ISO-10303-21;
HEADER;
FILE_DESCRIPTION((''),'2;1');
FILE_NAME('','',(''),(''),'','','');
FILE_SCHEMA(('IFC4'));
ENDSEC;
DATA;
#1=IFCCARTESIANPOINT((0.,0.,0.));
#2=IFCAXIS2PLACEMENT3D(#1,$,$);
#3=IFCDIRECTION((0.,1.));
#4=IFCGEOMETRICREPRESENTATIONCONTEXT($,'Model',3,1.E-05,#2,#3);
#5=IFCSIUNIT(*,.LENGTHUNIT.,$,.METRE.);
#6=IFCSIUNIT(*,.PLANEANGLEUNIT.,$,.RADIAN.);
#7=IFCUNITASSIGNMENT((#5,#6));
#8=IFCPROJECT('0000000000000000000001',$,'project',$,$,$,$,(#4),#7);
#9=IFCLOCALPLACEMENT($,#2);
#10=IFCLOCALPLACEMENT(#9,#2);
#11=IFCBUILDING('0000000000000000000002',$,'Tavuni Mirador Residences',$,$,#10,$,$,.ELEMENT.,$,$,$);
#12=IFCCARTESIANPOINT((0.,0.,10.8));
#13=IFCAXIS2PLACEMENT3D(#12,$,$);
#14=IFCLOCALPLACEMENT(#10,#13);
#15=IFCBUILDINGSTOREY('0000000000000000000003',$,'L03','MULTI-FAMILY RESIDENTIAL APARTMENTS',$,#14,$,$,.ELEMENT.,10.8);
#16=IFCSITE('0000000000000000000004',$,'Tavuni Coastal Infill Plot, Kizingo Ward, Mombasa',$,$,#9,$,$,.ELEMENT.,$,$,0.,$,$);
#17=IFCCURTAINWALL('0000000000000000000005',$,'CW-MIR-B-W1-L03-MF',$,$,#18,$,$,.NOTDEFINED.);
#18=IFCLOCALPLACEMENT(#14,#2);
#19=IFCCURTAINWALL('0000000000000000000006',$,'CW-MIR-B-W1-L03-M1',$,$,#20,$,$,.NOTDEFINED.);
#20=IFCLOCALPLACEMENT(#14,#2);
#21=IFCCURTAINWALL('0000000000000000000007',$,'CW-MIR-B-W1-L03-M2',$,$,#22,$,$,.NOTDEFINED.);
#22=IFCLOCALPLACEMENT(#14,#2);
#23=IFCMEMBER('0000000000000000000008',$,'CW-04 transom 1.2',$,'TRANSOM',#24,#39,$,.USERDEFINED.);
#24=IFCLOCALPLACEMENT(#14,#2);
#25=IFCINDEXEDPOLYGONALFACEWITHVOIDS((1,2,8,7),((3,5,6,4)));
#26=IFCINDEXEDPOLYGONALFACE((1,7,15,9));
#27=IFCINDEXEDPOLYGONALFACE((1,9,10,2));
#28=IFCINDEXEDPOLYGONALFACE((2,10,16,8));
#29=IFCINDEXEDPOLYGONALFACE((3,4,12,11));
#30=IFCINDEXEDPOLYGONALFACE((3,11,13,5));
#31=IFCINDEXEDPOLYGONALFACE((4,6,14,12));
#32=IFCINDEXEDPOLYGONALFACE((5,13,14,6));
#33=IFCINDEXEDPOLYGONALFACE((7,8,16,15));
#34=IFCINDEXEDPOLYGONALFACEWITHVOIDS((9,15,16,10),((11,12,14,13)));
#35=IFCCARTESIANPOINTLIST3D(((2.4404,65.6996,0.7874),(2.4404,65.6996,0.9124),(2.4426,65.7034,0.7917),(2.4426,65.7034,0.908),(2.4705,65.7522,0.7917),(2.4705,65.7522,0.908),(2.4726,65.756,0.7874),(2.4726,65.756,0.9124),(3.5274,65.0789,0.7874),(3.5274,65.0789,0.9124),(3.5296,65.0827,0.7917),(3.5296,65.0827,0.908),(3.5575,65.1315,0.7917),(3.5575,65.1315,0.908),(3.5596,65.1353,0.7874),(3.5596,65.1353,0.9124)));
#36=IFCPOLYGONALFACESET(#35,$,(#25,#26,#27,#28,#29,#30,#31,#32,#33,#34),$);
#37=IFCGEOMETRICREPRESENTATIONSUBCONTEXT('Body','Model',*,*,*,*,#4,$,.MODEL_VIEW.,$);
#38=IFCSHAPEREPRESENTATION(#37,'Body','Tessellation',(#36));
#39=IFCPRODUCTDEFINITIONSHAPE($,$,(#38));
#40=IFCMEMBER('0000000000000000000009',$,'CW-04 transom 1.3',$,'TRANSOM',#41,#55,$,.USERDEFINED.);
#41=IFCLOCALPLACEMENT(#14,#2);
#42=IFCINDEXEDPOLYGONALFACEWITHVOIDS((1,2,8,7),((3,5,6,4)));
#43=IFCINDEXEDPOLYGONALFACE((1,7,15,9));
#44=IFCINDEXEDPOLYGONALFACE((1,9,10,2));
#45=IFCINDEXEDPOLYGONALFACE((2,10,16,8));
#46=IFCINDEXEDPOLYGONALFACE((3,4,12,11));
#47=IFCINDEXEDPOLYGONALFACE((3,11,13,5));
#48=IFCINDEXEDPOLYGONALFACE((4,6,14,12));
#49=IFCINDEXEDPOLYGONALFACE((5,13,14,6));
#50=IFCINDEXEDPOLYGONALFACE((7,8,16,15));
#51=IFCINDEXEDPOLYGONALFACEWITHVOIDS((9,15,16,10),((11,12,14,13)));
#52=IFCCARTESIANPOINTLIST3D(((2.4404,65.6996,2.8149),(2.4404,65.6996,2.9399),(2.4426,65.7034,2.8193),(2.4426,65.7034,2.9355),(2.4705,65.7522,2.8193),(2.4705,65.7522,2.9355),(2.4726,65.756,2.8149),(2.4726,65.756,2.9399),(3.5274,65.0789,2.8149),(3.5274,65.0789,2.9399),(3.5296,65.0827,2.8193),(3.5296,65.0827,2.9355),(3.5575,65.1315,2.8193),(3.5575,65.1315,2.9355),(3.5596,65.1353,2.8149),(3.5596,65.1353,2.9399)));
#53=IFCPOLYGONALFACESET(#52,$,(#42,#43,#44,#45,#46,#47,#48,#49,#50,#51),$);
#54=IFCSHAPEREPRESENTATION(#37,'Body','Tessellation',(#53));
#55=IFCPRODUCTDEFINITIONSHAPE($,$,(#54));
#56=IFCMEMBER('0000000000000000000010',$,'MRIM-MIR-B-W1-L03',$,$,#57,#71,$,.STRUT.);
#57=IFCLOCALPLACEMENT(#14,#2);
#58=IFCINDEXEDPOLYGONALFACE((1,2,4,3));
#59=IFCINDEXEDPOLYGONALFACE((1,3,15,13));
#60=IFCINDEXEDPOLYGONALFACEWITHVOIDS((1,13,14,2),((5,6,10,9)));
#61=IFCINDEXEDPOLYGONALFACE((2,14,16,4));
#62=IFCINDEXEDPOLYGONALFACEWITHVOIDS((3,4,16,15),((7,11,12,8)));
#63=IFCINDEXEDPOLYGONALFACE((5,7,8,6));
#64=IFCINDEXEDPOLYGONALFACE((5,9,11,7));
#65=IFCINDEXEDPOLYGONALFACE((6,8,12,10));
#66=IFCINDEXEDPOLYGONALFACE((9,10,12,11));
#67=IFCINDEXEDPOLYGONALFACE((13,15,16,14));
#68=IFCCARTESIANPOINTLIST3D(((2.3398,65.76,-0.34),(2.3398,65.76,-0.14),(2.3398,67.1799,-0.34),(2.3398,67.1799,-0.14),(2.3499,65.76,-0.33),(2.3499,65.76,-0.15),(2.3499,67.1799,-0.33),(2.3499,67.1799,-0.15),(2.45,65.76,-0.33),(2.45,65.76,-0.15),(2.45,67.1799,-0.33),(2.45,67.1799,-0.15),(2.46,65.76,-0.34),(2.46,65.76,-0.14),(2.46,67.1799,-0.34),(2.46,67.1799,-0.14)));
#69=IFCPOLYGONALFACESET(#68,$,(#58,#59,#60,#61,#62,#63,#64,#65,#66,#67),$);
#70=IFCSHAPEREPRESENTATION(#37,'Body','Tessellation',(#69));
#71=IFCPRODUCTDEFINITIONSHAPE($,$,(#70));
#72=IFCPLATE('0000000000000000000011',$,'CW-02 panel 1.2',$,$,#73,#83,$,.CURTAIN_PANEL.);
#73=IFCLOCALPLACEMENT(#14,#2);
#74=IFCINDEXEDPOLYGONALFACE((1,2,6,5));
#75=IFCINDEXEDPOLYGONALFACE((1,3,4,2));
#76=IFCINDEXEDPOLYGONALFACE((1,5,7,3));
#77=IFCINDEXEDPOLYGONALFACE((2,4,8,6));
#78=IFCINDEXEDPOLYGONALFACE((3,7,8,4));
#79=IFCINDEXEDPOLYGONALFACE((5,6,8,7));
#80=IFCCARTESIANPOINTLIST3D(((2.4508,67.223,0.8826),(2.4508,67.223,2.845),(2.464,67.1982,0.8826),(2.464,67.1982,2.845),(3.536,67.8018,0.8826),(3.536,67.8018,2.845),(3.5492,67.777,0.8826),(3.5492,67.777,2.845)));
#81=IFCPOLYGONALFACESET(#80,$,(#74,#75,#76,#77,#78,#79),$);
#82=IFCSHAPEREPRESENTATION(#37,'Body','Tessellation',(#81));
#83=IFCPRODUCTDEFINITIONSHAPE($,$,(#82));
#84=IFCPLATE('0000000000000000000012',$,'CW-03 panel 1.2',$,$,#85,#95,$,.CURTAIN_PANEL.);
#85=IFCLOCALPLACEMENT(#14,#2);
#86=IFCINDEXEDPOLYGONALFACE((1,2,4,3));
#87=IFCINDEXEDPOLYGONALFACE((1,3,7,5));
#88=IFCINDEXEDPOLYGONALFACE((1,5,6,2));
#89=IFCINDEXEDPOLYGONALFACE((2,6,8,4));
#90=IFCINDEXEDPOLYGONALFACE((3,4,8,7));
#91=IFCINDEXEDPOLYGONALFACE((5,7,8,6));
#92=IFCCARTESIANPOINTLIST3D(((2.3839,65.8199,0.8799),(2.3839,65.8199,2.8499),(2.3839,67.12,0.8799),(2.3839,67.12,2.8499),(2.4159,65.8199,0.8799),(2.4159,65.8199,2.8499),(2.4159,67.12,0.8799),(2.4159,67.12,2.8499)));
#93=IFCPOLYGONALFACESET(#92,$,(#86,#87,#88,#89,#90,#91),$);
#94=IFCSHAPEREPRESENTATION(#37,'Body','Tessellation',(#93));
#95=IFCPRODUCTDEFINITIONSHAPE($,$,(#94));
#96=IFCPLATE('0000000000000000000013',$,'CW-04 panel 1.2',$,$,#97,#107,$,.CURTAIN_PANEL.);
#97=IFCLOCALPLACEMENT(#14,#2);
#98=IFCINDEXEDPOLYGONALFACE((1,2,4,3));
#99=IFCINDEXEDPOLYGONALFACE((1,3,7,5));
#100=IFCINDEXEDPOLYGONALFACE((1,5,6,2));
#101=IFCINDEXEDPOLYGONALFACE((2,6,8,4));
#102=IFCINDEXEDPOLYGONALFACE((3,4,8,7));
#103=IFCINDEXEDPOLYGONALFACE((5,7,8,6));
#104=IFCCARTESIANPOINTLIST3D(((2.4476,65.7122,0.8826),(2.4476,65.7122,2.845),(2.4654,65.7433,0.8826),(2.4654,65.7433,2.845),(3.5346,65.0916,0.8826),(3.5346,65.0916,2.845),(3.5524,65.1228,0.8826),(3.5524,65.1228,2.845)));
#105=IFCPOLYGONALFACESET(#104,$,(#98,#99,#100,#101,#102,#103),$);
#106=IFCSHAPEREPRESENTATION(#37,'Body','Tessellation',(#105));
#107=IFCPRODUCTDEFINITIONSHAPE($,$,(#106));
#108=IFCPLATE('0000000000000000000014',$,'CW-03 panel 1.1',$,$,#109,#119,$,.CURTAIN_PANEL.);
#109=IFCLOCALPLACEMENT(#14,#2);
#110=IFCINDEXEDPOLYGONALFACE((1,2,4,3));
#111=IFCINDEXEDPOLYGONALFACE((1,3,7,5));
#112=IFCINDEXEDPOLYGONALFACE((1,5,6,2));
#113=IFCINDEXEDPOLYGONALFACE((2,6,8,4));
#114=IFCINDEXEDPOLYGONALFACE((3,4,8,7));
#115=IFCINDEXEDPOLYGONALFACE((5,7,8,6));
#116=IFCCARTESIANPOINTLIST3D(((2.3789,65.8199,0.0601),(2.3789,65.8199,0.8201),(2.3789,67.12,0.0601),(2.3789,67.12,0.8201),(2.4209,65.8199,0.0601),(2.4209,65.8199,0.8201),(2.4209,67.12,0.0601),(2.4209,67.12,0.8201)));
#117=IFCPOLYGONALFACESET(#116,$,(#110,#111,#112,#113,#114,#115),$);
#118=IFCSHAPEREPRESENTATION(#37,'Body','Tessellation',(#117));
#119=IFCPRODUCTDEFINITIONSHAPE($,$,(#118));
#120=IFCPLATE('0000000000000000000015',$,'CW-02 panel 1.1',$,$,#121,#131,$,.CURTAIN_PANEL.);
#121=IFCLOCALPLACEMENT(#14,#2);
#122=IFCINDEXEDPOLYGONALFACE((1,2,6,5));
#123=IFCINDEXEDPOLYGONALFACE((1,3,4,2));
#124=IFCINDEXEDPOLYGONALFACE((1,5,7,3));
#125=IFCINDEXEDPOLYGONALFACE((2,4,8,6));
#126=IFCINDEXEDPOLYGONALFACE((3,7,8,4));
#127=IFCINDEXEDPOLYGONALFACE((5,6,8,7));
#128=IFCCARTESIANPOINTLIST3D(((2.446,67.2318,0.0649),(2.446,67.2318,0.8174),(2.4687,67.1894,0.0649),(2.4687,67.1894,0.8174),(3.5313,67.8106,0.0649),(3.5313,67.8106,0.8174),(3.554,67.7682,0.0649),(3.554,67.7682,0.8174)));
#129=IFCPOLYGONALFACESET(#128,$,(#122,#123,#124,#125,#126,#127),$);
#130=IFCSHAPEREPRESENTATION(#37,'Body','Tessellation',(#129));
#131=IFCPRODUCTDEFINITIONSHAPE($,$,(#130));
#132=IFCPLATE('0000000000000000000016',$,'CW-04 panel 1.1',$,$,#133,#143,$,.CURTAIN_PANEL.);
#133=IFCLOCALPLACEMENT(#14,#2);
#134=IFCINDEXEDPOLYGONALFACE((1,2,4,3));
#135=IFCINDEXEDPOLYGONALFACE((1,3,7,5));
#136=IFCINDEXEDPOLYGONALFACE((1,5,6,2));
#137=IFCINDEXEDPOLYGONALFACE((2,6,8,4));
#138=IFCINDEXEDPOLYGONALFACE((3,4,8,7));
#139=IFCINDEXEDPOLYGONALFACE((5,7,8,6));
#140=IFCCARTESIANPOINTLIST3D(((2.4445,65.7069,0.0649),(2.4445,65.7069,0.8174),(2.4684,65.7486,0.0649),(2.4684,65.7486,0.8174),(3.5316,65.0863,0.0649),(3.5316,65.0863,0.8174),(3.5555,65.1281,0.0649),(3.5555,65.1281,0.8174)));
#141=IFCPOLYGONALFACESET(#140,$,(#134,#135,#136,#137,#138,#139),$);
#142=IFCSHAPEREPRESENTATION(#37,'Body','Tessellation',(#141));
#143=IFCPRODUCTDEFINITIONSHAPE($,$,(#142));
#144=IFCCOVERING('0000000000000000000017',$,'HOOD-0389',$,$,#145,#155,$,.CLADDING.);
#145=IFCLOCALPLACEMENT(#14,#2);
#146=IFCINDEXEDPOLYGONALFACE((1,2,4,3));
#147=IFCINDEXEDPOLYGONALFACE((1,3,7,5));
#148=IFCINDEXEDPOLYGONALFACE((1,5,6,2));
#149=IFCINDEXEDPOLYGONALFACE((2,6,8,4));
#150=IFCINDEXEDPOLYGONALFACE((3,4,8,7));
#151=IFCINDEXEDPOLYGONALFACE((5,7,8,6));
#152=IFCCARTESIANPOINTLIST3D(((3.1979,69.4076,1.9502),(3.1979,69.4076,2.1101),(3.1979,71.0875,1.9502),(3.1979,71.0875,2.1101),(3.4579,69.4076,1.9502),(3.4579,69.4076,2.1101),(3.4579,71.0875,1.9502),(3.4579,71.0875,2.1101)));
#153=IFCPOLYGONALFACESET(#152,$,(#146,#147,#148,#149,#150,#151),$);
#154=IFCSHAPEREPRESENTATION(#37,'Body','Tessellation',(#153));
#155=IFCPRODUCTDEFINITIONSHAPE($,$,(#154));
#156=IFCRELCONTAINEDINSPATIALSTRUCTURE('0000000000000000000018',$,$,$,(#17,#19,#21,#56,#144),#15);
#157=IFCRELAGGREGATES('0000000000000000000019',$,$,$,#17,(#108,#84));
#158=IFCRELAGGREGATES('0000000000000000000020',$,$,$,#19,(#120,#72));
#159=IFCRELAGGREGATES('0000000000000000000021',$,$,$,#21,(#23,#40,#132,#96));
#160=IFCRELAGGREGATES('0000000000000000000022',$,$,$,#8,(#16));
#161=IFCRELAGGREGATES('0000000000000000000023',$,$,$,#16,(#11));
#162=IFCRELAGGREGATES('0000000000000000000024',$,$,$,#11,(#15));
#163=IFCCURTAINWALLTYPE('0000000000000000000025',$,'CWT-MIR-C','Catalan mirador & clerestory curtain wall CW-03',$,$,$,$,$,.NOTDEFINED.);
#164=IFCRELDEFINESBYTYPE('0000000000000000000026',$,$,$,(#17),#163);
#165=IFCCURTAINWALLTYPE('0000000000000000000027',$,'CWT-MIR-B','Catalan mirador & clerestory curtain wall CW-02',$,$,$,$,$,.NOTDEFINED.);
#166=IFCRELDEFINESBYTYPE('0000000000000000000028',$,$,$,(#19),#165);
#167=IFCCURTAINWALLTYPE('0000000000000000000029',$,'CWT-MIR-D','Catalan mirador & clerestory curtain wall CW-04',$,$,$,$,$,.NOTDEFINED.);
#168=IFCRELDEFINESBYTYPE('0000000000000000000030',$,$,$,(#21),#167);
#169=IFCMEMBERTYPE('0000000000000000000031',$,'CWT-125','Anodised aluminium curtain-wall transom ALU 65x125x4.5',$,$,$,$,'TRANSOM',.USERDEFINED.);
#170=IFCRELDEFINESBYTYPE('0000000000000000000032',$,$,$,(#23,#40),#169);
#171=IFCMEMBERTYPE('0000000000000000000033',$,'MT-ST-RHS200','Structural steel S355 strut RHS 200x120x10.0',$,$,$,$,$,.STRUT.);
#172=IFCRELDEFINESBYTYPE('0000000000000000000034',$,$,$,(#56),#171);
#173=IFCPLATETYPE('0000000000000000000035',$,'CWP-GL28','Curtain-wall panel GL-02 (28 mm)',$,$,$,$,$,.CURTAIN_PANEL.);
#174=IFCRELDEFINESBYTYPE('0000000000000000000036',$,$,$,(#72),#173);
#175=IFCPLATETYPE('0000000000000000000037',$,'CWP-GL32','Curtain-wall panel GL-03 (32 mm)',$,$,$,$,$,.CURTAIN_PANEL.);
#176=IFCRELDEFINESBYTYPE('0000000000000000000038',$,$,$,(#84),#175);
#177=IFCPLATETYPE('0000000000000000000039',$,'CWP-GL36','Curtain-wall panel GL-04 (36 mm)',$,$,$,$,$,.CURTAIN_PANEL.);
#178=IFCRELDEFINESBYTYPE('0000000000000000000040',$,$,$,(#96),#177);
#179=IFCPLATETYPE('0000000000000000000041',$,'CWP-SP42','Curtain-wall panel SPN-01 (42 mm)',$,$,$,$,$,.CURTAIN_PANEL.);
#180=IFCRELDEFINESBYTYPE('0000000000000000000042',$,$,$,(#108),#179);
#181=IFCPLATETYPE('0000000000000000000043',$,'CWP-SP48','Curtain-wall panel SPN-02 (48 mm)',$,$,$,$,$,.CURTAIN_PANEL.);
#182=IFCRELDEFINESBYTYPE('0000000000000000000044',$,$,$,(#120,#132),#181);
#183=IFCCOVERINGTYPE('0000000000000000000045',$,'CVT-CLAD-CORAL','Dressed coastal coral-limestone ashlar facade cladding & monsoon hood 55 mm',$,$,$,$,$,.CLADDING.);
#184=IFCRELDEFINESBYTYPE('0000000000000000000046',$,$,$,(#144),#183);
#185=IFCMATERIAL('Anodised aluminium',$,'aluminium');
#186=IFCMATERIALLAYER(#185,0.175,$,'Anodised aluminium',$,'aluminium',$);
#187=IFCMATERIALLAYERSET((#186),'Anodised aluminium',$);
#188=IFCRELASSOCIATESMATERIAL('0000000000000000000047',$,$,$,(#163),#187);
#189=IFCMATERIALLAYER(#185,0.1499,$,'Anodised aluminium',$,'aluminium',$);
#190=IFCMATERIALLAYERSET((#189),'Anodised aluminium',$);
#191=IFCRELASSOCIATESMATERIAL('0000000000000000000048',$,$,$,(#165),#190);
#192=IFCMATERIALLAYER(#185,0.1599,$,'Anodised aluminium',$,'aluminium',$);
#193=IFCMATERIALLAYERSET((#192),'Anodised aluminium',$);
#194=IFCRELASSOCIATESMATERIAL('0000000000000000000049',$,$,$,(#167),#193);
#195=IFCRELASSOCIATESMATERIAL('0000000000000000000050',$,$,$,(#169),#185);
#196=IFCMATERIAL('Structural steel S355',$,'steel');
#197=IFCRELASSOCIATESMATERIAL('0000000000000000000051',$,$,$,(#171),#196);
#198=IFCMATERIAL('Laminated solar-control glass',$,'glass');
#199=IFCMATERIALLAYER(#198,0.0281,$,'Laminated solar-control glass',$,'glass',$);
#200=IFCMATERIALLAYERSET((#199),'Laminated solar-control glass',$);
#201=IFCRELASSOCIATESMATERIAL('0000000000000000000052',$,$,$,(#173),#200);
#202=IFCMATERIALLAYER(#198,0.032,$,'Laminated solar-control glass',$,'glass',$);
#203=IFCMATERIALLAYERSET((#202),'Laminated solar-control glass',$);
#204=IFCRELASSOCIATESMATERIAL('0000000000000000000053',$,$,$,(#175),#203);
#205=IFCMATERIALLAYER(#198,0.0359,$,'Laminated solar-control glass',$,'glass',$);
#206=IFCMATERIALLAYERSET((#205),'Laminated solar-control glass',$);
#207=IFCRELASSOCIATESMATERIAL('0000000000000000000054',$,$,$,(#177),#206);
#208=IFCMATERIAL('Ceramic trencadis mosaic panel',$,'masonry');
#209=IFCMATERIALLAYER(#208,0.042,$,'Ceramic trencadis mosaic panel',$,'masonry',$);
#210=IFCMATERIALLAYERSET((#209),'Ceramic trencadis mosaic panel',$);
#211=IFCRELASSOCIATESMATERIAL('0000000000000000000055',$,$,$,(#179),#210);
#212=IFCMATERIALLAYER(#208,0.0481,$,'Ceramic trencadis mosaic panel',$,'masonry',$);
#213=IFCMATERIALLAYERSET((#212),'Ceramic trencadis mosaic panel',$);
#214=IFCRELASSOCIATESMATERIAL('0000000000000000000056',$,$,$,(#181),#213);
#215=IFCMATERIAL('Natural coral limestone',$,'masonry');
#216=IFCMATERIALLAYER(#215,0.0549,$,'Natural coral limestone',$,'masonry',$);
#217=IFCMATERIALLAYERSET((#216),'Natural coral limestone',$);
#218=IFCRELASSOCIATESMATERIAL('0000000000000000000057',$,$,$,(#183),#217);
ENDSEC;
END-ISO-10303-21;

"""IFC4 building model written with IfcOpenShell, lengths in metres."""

from ifc_helpers import new_model, si_unit, direction, frame, origin, origin_2d, place, context, subcontext, project, spatial, rectangle, hollow_rectangle, extrude, material, layer, layer_set, material_profile, profile_set, type_object, element, aggregate, save


model = new_model("IFC4")

# Units and contexts
model_context = context("Model", 3, precision=1e-05, world=origin(), true_north=direction((0.0, 1.0)))
body_context = subcontext(model_context, "Body", "Model", "MODEL_VIEW")
ifc_project = project(units=[si_unit("LENGTHUNIT", "METRE"), si_unit("PLANEANGLEUNIT", "RADIAN")], contexts=[model_context])

# Site, building, storey
site_placement = place(None, origin())
site = spatial("IfcSite", under=ifc_project, at=site_placement, Name="Tavuni Coastal Infill Plot, Kizingo Ward, Mombasa", CompositionType="ELEMENT", RefElevation=0.0)
building_placement = place(site_placement, origin())
building = spatial("IfcBuilding", under=site, at=building_placement, Name="Tavuni Mirador Residences", CompositionType="ELEMENT")
storey_placement = place(building_placement, frame((0.0, 0.0, 10.8)))
storey = spatial("IfcBuildingStorey", under=building, at=storey_placement, Name="L03", Description="MULTI-FAMILY RESIDENTIAL APARTMENTS", CompositionType="ELEMENT", Elevation=10.8)

# Curtain wall
ifc_material_1 = material(Name="Anodised aluminium", Category="aluminium")
ifc_layer_1 = layer(ifc_material_1, 0.175, Name="Anodised aluminium", Category="aluminium")
ifc_layer_set_1 = layer_set([ifc_layer_1], Name="Anodised aluminium")
curtain_wall_type_1 = type_object("IfcCurtainWallType", Name="CWT-MIR-C", Description="Catalan mirador & clerestory curtain wall CW-03", PredefinedType="NOTDEFINED", material=ifc_layer_set_1)
curtain_wall_1_placement = place(storey_placement, origin())
curtain_wall_1 = element("IfcCurtainWall", 1, at=curtain_wall_1_placement, inside=storey, type_object=curtain_wall_type_1, Name="CW-MIR-B-W1-L03-MF", PredefinedType="NOTDEFINED")

# Curtain walls
ifc_layer_2 = layer(ifc_material_1, 0.1499, Name="Anodised aluminium", Category="aluminium")
ifc_layer_set_2 = layer_set([ifc_layer_2], Name="Anodised aluminium")
curtain_wall_type_2 = type_object("IfcCurtainWallType", Name="CWT-MIR-B", Description="Catalan mirador & clerestory curtain wall CW-02", PredefinedType="NOTDEFINED", material=ifc_layer_set_2)
curtain_wall_2_placement = place(storey_placement, origin())
curtain_wall_2 = element("IfcCurtainWall", 2, at=curtain_wall_2_placement, inside=storey, type_object=curtain_wall_type_2, Name="CW-MIR-B-W1-L03-M1", PredefinedType="NOTDEFINED")
ifc_layer_3 = layer(ifc_material_1, 0.1599, Name="Anodised aluminium", Category="aluminium")
ifc_layer_set_3 = layer_set([ifc_layer_3], Name="Anodised aluminium")
curtain_wall_type_3 = type_object("IfcCurtainWallType", Name="CWT-MIR-D", Description="Catalan mirador & clerestory curtain wall CW-04", PredefinedType="NOTDEFINED", material=ifc_layer_set_3)
curtain_wall_3_placement = place(storey_placement, origin())
curtain_wall_3 = element("IfcCurtainWall", 3, at=curtain_wall_3_placement, inside=storey, type_object=curtain_wall_type_3, Name="CW-MIR-B-W1-L03-M2", PredefinedType="NOTDEFINED")

# Members
ifc_material_profile_1 = material_profile(ifc_material_1, hollow_rectangle(XDim=0.0649, YDim=0.125, WallThickness=0.0044, at=origin_2d()), Name="ALU 65x125x4.5", Category="aluminium")
ifc_profile_set_1 = profile_set([ifc_material_profile_1], Name="Anodised aluminium")
member_type_1 = type_object("IfcMemberType", Name="CWT-125", Description="Anodised aluminium curtain-wall transom ALU 65x125x4.5", ElementType="TRANSOM", PredefinedType="USERDEFINED", material=ifc_profile_set_1)
member_1_placement = place(storey_placement, frame((2.4565, 65.7278, 0.8499), z_axis=(0.868411, -0.495845, 0.0), x_axis=(0.495845, 0.868411, 0.0)))
member_1 = element("IfcMember", 4, at=member_1_placement, type_object=member_type_1, Name="CW-04 transom 1.2", ObjectType="TRANSOM", PredefinedType="USERDEFINED", context=body_context, shape_type="SweptSolid", body=[
    extrude(hollow_rectangle(XDim=0.0649, YDim=0.125, WallThickness=0.0044, at=origin_2d()), origin(), (0.0, 0.0, 1.0), 1.2517),
])
member_2_placement = place(storey_placement, frame((2.4565, 65.7278, 2.8774), z_axis=(0.868411, -0.495845, 0.0), x_axis=(0.495845, 0.868411, 0.0)))
member_2 = element("IfcMember", 5, at=member_2_placement, type_object=member_type_1, Name="CW-04 transom 1.3", ObjectType="TRANSOM", PredefinedType="USERDEFINED", context=body_context, shape_type="SweptSolid", body=[
    extrude(hollow_rectangle(XDim=0.0649, YDim=0.125, WallThickness=0.0044, at=origin_2d()), origin(), (0.0, 0.0, 1.0), 1.2517),
])
ifc_material_2 = material(Name="Structural steel S355", Category="steel")
ifc_material_profile_2 = material_profile(ifc_material_2, hollow_rectangle(XDim=0.1201, YDim=0.2, WallThickness=0.01, at=origin_2d()), Name="RHS 200x120x10.0", Category="steel")
ifc_profile_set_2 = profile_set([ifc_material_profile_2], Name="Structural steel S355")
member_type_2 = type_object("IfcMemberType", Name="MT-ST-RHS200", Description="Structural steel S355 strut RHS 200x120x10.0", PredefinedType="STRUT", material=ifc_profile_set_2)
member_3_placement = place(storey_placement, frame((2.3999, 65.76, -0.24), z_axis=(0.0, 1.0, 0.0), x_axis=(-1.0, 0.0, 0.0)))
element("IfcMember", 6, at=member_3_placement, inside=storey, type_object=member_type_2, Name="MRIM-MIR-B-W1-L03", PredefinedType="STRUT", context=body_context, shape_type="SweptSolid", body=[
    extrude(hollow_rectangle(XDim=0.1201, YDim=0.2, WallThickness=0.01, at=origin_2d()), origin(), (0.0, 0.0, 1.0), 1.4199),
])

# Plates
ifc_material_3 = material(Name="Laminated solar-control glass", Category="glass")
ifc_layer_4 = layer(ifc_material_3, 0.0281, Name="Laminated solar-control glass", Category="glass")
ifc_layer_set_4 = layer_set([ifc_layer_4], Name="Laminated solar-control glass")
plate_type_1 = type_object("IfcPlateType", Name="CWP-GL28", Description="Curtain-wall panel GL-02 (28 mm)", PredefinedType="CURTAIN_PANEL", material=ifc_layer_set_4)
plate_1_placement = place(storey_placement, frame((3.0, 67.5, 0.8826), z_axis=(0.0, 0.0, 1.0), x_axis=(-0.882353, -0.470588, 0.0)))
plate_1 = element("IfcPlate", 7, at=plate_1_placement, type_object=plate_type_1, Name="CW-02 panel 1.2", PredefinedType="CURTAIN_PANEL", context=body_context, shape_type="SweptSolid", body=[
    extrude(rectangle(XDim=1.23, YDim=0.0281, at=origin_2d()), origin(), (0.0, 0.0, 1.0), 1.9624),
])
ifc_layer_5 = layer(ifc_material_3, 0.032, Name="Laminated solar-control glass", Category="glass")
ifc_layer_set_5 = layer_set([ifc_layer_5], Name="Laminated solar-control glass")
plate_type_2 = type_object("IfcPlateType", Name="CWP-GL32", Description="Curtain-wall panel GL-03 (32 mm)", PredefinedType="CURTAIN_PANEL", material=ifc_layer_set_5)
plate_2_placement = place(storey_placement, frame((2.3999, 66.47, 0.8799), z_axis=(0.0, 0.0, 1.0), x_axis=(0.0, -1.0, 0.0)))
plate_2 = element("IfcPlate", 8, at=plate_2_placement, type_object=plate_type_2, Name="CW-03 panel 1.2", PredefinedType="CURTAIN_PANEL", context=body_context, shape_type="SweptSolid", body=[
    extrude(rectangle(XDim=1.3, YDim=0.032, at=origin_2d()), origin(), (0.0, 0.0, 1.0), 1.97),
])
ifc_layer_6 = layer(ifc_material_3, 0.0359, Name="Laminated solar-control glass", Category="glass")
ifc_layer_set_6 = layer_set([ifc_layer_6], Name="Laminated solar-control glass")
plate_type_3 = type_object("IfcPlateType", Name="CWP-GL36", Description="Curtain-wall panel GL-04 (36 mm)", PredefinedType="CURTAIN_PANEL", material=ifc_layer_set_6)
plate_3_placement = place(storey_placement, frame((3.0, 65.4175, 0.8826), z_axis=(0.0, 0.0, 1.0), x_axis=(0.868466, -0.495749, 0.0)))
plate_3 = element("IfcPlate", 9, at=plate_3_placement, type_object=plate_type_3, Name="CW-04 panel 1.2", PredefinedType="CURTAIN_PANEL", context=body_context, shape_type="SweptSolid", body=[
    extrude(rectangle(XDim=1.2517, YDim=0.0359, at=origin_2d()), origin(), (0.0, 0.0, 1.0), 1.9624),
])
ifc_material_4 = material(Name="Ceramic trencadis mosaic panel", Category="masonry")
ifc_layer_7 = layer(ifc_material_4, 0.042, Name="Ceramic trencadis mosaic panel", Category="masonry")
ifc_layer_set_7 = layer_set([ifc_layer_7], Name="Ceramic trencadis mosaic panel")
plate_type_4 = type_object("IfcPlateType", Name="CWP-SP42", Description="Curtain-wall panel SPN-01 (42 mm)", PredefinedType="CURTAIN_PANEL", material=ifc_layer_set_7)
plate_4_placement = place(storey_placement, frame((2.3999, 66.47, 0.0601), z_axis=(0.0, 0.0, 1.0), x_axis=(0.0, -1.0, 0.0)))
plate_4 = element("IfcPlate", 10, at=plate_4_placement, type_object=plate_type_4, Name="CW-03 panel 1.1", PredefinedType="CURTAIN_PANEL", context=body_context, shape_type="SweptSolid", body=[
    extrude(rectangle(XDim=1.3, YDim=0.042, at=origin_2d()), origin(), (0.0, 0.0, 1.0), 0.76),
])
aggregate(curtain_wall_1, [plate_4, plate_2])
ifc_layer_8 = layer(ifc_material_4, 0.0481, Name="Ceramic trencadis mosaic panel", Category="masonry")
ifc_layer_set_8 = layer_set([ifc_layer_8], Name="Ceramic trencadis mosaic panel")
plate_type_5 = type_object("IfcPlateType", Name="CWP-SP48", Description="Curtain-wall panel SPN-02 (48 mm)", PredefinedType="CURTAIN_PANEL", material=ifc_layer_set_8)
plate_5_placement = place(storey_placement, frame((3.0, 67.5, 0.0649), z_axis=(0.0, 0.0, 1.0), x_axis=(-0.882353, -0.470588, 0.0)))
plate_5 = element("IfcPlate", 11, at=plate_5_placement, type_object=plate_type_5, Name="CW-02 panel 1.1", PredefinedType="CURTAIN_PANEL", context=body_context, shape_type="SweptSolid", body=[
    extrude(rectangle(XDim=1.23, YDim=0.0481, at=origin_2d()), origin(), (0.0, 0.0, 1.0), 0.7524),
])
aggregate(curtain_wall_2, [plate_5, plate_1])
plate_6_placement = place(storey_placement, frame((3.0, 65.4175, 0.0649), z_axis=(0.0, 0.0, 1.0), x_axis=(0.868466, -0.495749, 0.0)))
plate_6 = element("IfcPlate", 12, at=plate_6_placement, type_object=plate_type_5, Name="CW-04 panel 1.1", PredefinedType="CURTAIN_PANEL", context=body_context, shape_type="SweptSolid", body=[
    extrude(rectangle(XDim=1.2517, YDim=0.0481, at=origin_2d()), origin(), (0.0, 0.0, 1.0), 0.7524),
])
aggregate(curtain_wall_3, [member_1, member_2, plate_6, plate_3])

# Covering
ifc_material_5 = material(Name="Natural coral limestone", Category="masonry")
ifc_layer_9 = layer(ifc_material_5, 0.0549, Name="Natural coral limestone", Category="masonry")
ifc_layer_set_9 = layer_set([ifc_layer_9], Name="Natural coral limestone")
covering_type = type_object("IfcCoveringType", Name="CVT-CLAD-CORAL", Description="Dressed coastal coral-limestone ashlar facade cladding & monsoon hood 55 mm", PredefinedType="CLADDING", material=ifc_layer_set_9)
covering_placement = place(storey_placement, frame((3.3279, 70.2476, 1.9502), z_axis=(0.0, 0.0, 1.0), x_axis=(0.0, -1.0, 0.0)))
element("IfcCovering", 13, at=covering_placement, inside=storey, type_object=covering_type, Name="HOOD-0389", PredefinedType="CLADDING", context=body_context, shape_type="SweptSolid", body=[
    extrude(rectangle(XDim=1.6799, YDim=0.26, at=origin_2d()), origin(), (0.0, 0.0, 1.0), 0.1599),
])

save(model, "model.ifc")
